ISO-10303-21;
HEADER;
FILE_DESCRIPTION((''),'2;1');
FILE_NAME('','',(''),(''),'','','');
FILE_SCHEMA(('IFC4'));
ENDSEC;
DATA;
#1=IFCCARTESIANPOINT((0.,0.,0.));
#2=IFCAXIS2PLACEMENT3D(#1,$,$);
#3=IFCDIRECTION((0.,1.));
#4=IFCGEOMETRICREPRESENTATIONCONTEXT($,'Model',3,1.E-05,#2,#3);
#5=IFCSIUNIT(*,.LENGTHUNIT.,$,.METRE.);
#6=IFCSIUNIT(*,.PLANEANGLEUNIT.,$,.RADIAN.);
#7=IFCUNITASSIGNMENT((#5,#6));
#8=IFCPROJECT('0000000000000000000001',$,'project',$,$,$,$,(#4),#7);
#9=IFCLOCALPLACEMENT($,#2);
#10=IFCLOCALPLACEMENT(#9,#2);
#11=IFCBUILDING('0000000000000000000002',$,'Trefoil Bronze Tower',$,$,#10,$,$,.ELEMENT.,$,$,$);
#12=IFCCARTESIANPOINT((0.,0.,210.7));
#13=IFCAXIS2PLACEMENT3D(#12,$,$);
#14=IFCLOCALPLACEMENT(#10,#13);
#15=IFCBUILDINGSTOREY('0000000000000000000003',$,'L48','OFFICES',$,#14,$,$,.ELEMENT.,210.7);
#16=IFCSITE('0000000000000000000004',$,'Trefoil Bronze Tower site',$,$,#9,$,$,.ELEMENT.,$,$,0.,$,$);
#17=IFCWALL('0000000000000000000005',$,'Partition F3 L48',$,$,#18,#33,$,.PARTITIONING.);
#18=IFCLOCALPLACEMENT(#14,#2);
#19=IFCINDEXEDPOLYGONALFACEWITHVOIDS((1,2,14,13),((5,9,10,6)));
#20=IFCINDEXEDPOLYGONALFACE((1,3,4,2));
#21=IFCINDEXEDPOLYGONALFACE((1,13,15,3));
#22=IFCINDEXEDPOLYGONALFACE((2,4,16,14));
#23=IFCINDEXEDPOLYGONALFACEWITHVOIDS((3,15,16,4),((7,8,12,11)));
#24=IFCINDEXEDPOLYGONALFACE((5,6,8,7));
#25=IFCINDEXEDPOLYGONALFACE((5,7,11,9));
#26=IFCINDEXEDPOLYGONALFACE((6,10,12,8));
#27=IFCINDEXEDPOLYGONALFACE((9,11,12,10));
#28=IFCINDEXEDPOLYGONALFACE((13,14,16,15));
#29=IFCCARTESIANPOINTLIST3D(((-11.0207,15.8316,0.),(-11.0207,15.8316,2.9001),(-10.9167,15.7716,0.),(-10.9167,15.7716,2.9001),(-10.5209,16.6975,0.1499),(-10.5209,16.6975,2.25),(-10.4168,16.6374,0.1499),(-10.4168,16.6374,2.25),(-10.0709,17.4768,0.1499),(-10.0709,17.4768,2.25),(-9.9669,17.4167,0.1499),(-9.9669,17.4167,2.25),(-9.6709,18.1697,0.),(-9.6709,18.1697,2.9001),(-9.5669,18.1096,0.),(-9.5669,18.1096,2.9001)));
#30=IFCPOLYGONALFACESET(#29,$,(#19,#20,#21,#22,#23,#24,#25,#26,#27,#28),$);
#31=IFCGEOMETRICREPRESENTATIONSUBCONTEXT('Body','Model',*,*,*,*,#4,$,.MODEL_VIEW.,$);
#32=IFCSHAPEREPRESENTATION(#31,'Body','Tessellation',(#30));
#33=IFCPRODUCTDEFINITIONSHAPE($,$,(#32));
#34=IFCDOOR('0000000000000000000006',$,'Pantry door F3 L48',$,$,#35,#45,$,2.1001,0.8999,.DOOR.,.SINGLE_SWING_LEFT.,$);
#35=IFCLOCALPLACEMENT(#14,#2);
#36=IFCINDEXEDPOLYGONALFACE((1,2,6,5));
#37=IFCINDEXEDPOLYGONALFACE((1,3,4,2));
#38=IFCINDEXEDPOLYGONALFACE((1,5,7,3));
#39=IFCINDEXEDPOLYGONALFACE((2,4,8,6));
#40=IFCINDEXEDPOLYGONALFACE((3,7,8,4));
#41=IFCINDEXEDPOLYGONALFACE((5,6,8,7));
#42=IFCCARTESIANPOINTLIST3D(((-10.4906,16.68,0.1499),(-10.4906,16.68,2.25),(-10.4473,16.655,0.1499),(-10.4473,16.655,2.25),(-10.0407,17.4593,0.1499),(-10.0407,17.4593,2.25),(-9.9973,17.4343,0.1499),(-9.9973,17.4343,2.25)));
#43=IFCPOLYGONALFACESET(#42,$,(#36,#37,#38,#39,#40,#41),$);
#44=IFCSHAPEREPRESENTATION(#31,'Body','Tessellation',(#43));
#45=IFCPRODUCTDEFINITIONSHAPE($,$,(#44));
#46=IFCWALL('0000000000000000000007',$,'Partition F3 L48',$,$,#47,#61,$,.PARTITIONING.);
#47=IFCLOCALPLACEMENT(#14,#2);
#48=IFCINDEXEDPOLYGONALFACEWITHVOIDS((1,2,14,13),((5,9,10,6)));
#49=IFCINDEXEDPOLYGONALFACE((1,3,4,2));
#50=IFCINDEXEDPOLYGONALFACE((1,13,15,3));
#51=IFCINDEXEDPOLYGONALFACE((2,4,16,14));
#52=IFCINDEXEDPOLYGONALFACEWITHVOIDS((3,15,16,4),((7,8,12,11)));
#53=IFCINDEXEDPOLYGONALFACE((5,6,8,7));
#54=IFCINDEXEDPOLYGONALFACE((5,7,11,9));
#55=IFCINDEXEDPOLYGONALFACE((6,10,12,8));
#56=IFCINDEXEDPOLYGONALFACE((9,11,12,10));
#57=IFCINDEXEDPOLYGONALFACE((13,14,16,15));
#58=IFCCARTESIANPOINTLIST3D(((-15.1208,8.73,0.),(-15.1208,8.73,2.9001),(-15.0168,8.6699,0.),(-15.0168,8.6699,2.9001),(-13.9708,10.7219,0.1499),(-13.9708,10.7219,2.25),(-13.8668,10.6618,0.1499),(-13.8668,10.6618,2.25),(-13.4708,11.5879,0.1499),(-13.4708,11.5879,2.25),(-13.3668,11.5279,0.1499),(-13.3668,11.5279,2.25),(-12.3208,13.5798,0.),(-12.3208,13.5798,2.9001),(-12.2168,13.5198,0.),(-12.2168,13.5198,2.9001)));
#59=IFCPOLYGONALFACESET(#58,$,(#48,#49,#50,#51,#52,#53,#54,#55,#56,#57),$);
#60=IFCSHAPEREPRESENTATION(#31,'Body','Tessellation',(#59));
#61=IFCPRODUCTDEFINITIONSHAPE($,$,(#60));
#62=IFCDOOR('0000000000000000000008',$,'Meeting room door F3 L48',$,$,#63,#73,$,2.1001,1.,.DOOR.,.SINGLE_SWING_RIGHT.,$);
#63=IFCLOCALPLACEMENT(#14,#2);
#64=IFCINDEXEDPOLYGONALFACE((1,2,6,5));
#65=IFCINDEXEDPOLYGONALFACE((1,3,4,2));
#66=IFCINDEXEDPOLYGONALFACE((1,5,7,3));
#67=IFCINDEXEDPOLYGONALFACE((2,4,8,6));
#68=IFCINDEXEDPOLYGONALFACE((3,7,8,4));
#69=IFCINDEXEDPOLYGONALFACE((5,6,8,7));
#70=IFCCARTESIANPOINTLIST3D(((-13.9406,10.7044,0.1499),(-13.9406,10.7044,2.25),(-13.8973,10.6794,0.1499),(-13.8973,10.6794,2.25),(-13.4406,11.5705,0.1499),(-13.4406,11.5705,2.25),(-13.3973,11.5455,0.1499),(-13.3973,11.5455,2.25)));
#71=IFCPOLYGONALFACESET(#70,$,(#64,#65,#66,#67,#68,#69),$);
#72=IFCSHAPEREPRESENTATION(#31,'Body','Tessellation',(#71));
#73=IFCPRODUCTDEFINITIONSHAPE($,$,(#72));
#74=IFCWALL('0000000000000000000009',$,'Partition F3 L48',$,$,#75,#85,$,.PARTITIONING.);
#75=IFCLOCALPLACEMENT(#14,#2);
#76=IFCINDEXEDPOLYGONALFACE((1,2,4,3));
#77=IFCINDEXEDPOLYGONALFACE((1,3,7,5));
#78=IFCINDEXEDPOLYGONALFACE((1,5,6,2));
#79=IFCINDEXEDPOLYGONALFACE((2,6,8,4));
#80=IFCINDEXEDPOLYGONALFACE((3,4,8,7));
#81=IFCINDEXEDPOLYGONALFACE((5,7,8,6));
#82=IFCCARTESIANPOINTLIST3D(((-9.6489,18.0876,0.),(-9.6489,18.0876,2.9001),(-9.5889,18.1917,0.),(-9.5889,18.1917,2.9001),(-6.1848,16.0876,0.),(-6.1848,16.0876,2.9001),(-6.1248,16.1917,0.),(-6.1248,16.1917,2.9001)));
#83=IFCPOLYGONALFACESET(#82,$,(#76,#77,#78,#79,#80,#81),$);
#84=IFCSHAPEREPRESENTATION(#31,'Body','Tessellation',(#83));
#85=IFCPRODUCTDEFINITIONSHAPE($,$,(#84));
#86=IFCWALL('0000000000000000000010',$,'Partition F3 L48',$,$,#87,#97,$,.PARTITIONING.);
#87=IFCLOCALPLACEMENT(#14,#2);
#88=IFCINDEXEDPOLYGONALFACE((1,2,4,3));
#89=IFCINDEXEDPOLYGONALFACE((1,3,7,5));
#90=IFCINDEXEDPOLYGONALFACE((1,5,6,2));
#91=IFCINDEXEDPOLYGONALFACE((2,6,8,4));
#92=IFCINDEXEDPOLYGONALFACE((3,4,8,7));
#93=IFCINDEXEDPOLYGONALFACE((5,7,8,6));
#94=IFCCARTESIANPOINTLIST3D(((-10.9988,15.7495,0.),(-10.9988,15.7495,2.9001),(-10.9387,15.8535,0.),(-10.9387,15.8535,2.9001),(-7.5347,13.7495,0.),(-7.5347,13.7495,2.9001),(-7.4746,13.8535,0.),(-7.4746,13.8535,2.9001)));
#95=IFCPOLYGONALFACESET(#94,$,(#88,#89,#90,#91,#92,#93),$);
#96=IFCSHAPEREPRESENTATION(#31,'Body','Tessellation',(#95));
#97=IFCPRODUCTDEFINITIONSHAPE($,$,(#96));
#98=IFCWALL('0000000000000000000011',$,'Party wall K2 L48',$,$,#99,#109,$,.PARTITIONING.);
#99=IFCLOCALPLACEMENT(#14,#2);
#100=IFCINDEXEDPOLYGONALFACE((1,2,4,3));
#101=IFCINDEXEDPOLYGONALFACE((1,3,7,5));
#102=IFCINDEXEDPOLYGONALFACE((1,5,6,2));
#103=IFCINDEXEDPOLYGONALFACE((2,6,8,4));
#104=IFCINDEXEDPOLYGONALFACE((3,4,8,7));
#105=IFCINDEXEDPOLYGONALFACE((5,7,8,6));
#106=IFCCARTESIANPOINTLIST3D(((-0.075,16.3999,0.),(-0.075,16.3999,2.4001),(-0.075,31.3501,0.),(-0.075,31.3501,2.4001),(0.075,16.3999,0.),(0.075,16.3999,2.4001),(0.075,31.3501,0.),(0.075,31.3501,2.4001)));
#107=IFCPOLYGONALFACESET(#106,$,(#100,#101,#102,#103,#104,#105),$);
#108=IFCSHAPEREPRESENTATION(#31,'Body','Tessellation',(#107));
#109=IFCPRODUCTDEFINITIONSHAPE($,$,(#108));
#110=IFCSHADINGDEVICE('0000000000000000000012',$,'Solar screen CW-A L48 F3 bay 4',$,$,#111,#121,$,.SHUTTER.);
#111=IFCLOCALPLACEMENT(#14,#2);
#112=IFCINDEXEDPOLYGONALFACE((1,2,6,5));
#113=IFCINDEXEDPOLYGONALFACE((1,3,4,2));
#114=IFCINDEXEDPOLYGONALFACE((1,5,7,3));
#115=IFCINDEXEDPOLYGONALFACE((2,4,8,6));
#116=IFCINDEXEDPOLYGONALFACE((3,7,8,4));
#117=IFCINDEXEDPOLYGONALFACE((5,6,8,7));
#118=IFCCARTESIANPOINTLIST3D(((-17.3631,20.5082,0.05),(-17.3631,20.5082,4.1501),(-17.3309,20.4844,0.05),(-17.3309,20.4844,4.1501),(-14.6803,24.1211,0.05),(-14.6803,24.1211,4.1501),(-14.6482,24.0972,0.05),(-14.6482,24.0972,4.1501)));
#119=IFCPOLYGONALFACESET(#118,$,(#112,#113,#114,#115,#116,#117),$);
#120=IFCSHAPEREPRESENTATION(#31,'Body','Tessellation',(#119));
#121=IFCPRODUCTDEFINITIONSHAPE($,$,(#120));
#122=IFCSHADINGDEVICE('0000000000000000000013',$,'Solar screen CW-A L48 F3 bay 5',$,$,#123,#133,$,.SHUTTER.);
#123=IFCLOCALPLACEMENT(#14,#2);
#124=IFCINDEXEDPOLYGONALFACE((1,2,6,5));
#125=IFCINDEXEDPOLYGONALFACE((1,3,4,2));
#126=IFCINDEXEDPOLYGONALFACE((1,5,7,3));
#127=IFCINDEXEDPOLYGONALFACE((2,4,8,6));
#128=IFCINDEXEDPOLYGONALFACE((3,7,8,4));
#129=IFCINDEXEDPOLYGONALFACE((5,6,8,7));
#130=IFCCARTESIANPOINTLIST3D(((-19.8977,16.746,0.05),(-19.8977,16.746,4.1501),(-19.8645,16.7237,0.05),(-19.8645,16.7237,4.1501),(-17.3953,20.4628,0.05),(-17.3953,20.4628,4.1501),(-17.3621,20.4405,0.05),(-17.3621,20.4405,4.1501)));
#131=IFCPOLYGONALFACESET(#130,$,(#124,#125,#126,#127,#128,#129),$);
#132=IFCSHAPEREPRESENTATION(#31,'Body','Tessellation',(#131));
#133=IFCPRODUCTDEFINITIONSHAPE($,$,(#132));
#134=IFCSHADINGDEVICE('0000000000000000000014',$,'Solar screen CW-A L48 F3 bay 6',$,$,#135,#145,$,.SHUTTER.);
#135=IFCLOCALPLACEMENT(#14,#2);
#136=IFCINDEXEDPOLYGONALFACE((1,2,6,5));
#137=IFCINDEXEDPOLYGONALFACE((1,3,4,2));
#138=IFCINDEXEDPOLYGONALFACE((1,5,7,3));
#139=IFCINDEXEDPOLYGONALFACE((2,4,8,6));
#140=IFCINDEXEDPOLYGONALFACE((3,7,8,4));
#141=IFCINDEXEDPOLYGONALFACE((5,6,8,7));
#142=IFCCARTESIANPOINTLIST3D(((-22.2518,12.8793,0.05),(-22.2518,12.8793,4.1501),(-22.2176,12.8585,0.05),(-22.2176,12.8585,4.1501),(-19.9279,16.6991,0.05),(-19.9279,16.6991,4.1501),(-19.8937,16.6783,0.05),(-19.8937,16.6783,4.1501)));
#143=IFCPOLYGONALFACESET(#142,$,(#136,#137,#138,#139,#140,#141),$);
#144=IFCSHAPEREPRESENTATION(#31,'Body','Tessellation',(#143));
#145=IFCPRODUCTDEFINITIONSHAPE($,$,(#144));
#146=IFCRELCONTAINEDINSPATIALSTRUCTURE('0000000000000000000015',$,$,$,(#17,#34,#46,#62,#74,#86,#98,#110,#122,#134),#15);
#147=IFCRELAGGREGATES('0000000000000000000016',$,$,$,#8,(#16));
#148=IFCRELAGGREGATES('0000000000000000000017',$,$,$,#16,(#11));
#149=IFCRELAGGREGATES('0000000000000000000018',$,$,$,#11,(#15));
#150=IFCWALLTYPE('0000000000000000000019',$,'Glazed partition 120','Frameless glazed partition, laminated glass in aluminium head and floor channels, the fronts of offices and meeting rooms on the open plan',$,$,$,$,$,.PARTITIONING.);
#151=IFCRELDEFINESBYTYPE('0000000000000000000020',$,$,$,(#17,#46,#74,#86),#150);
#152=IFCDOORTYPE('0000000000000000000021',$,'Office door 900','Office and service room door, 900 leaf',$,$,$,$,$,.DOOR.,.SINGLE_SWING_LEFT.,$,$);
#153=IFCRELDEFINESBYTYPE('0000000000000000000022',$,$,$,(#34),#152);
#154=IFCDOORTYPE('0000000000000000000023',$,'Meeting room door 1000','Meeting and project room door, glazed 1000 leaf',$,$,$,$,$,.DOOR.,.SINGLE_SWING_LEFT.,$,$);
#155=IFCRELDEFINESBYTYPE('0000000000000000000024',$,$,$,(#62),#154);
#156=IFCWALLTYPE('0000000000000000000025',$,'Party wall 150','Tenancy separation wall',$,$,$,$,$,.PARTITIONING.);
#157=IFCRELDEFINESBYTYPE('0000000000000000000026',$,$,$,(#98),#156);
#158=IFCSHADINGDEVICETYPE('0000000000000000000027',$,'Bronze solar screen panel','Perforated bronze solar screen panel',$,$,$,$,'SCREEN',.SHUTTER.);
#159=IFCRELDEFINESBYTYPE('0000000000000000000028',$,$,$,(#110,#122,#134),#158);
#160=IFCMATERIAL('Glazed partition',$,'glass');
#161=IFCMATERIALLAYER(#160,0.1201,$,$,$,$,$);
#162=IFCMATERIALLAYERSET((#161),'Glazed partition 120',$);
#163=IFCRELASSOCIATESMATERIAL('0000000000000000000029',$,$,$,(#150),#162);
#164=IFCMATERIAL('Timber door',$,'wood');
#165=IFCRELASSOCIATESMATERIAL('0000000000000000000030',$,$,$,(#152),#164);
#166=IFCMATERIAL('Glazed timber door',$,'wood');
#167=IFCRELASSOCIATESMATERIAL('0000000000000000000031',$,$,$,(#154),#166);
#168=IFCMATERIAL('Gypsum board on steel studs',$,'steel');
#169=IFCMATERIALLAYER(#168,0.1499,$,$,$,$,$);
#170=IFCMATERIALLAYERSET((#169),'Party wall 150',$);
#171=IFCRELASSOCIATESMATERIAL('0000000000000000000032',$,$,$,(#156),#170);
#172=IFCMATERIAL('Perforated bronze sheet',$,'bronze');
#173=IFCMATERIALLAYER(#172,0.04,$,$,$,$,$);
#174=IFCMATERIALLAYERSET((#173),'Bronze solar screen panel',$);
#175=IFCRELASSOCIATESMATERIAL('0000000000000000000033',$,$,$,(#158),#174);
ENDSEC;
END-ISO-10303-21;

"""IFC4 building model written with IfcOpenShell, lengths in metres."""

from ifc_helpers import new_model, si_unit, direction, frame, frame_2d, origin, origin_2d, place, context, subcontext, project, spatial, rectangle, extrude, material, layer, layer_set, type_object, element, fill, save


model = new_model("IFC4")

# Units and contexts
model_context = context("Model", 3, precision=1e-05, world=origin(), true_north=direction((0.0, 1.0)))
body_context = subcontext(model_context, "Body", "Model", "MODEL_VIEW")
ifc_project = project(units=[si_unit("LENGTHUNIT", "METRE"), si_unit("PLANEANGLEUNIT", "RADIAN")], contexts=[model_context])

# Site, building, storey
site_placement = place(None, origin())
site = spatial("IfcSite", under=ifc_project, at=site_placement, Name="Trefoil Bronze Tower site", CompositionType="ELEMENT", RefElevation=0.0)
building_placement = place(site_placement, origin())
building = spatial("IfcBuilding", under=site, at=building_placement, Name="Trefoil Bronze Tower", CompositionType="ELEMENT")
storey_placement = place(building_placement, frame((0.0, 0.0, 210.7)))
storey = spatial("IfcBuildingStorey", under=building, at=storey_placement, Name="L48", Description="OFFICES", CompositionType="ELEMENT", Elevation=210.7)

# Walls, openings, doors
ifc_material_1 = material(Name="Glazed partition", Category="glass")
ifc_layer_1 = layer(ifc_material_1, 0.1201)
ifc_layer_set_1 = layer_set([ifc_layer_1], Name="Glazed partition 120")
wall_type_1 = type_object("IfcWallType", Name="Glazed partition 120", Description="Frameless glazed partition, laminated glass in aluminium head and floor channels, the fronts of offices and meeting rooms on the open plan", PredefinedType="PARTITIONING", material=ifc_layer_set_1)
wall_1_placement = place(storey_placement, frame((-9.6189, 18.1396, 0.0), z_axis=(0.0, 0.0, 1.0), x_axis=(-0.499981, -0.866037, 0.0)))
wall_1 = element("IfcWall", 1, at=wall_1_placement, inside=storey, type_object=wall_type_1, Name="Partition F3 L48", PredefinedType="PARTITIONING", context=body_context, shape_type="SweptSolid", body=[
    extrude(rectangle(XDim=2.6997, YDim=0.1201, at=frame_2d((1.3499, 0.0))), origin(), (0.0, 0.0, 1.0), 2.9001),
])
opening_1_placement = place(wall_1_placement, frame((0.8, 0.0, 0.1499)))
opening_1 = element("IfcOpeningElement", 2, at=opening_1_placement, cuts=wall_1, PredefinedType="OPENING", context=body_context, shape_type="SweptSolid", body=[
    extrude(rectangle(XDim=0.8999, YDim=2.1001, at=frame_2d((0.45, 1.05))), frame((0.0, 0.0701, 0.0), z_axis=(0.0, -1.0, 0.0), x_axis=(1.0, 0.0, 0.0)), (0.0, 0.0, 1.0), 0.1401),
])
ifc_material_2 = material(Name="Timber door", Category="wood")
door_type_1 = type_object("IfcDoorType", Name="Office door 900", Description="Office and service room door, 900 leaf", OperationType="SINGLE_SWING_LEFT", PredefinedType="DOOR", material=ifc_material_2)
door_1_placement = place(opening_1_placement, origin())
door_1 = element("IfcDoor", 3, at=door_1_placement, inside=storey, type_object=door_type_1, Name="Pantry door F3 L48", OperationType="SINGLE_SWING_LEFT", OverallHeight=2.1001, OverallWidth=0.8999, PredefinedType="DOOR", context=body_context, shape_type="SweptSolid", body=[
    extrude(rectangle(XDim=0.8999, YDim=2.1001, at=frame_2d((0.45, 1.05))), frame((0.0, 0.0249, 0.0), z_axis=(0.0, -1.0, 0.0), x_axis=(1.0, 0.0, 0.0)), (0.0, 0.0, 1.0), 0.05),
])
fill(opening_1, door_1)
wall_2_placement = place(storey_placement, frame((-12.2688, 13.5498, 0.0), z_axis=(0.0, 0.0, 1.0), x_axis=(-0.499998, -0.866027, 0.0)))
wall_2 = element("IfcWall", 4, at=wall_2_placement, inside=storey, type_object=wall_type_1, Name="Partition F3 L48", PredefinedType="PARTITIONING", context=body_context, shape_type="SweptSolid", body=[
    extrude(rectangle(XDim=5.6001, YDim=0.1201, at=frame_2d((2.8, 0.0))), origin(), (0.0, 0.0, 1.0), 2.9001),
])
opening_2_placement = place(wall_2_placement, frame((2.3, 0.0, 0.1499)))
opening_2 = element("IfcOpeningElement", 5, at=opening_2_placement, cuts=wall_2, PredefinedType="OPENING", context=body_context, shape_type="SweptSolid", body=[
    extrude(rectangle(XDim=1.0, YDim=2.1001, at=frame_2d((0.5, 1.05))), frame((0.0, 0.0701, 0.0), z_axis=(0.0, -1.0, 0.0), x_axis=(1.0, 0.0, 0.0)), (0.0, 0.0, 1.0), 0.1401),
])
ifc_material_3 = material(Name="Glazed timber door", Category="wood")
door_type_2 = type_object("IfcDoorType", Name="Meeting room door 1000", Description="Meeting and project room door, glazed 1000 leaf", OperationType="SINGLE_SWING_LEFT", PredefinedType="DOOR", material=ifc_material_3)
door_2_placement = place(opening_2_placement, origin())
door_2 = element("IfcDoor", 6, at=door_2_placement, inside=storey, type_object=door_type_2, Name="Meeting room door F3 L48", OperationType="SINGLE_SWING_RIGHT", OverallHeight=2.1001, OverallWidth=1.0, PredefinedType="DOOR", context=body_context, shape_type="SweptSolid", body=[
    extrude(rectangle(XDim=1.0, YDim=2.1001, at=frame_2d((0.5, 1.05))), frame((0.0, 0.0249, 0.0), z_axis=(0.0, -1.0, 0.0), x_axis=(1.0, 0.0, 0.0)), (0.0, 0.0, 1.0), 0.05),
])
fill(opening_2, door_2)

# Walls
for number, where, z_axis, x_axis, name in (
    (7, (-6.1548, 16.1396, 0.0), (0.0, 0.0, 1.0), (-0.866026, 0.499999, 0.0), "Partition F3 L48"),
    (8, (-7.5046, 13.8015, 0.0), (0.0, 0.0, 1.0), (-0.866026, 0.499999, 0.0), "Partition F3 L48"),
):
    element("IfcWall", number, at=place(storey_placement, frame(where, z_axis=z_axis, x_axis=x_axis)), inside=storey, type_object=wall_type_1, Name=name, PredefinedType="PARTITIONING", context=body_context, shape_type="SweptSolid", body=[
        extrude(rectangle(XDim=4.0, YDim=0.1201, at=frame_2d((2.0, 0.0))), origin(), (0.0, 0.0, 1.0), 2.9001),
    ])
ifc_material_4 = material(Name="Gypsum board on steel studs", Category="steel")
ifc_layer_2 = layer(ifc_material_4, 0.1499)
ifc_layer_set_2 = layer_set([ifc_layer_2], Name="Party wall 150")
wall_type_2 = type_object("IfcWallType", Name="Party wall 150", Description="Tenancy separation wall", PredefinedType="PARTITIONING", material=ifc_layer_set_2)
wall_3_placement = place(storey_placement, frame((0.0, 16.3999, 0.0), z_axis=(0.0, 0.0, 1.0), x_axis=(0.0, 1.0, 0.0)))
element("IfcWall", 9, at=wall_3_placement, inside=storey, type_object=wall_type_2, Name="Party wall K2 L48", PredefinedType="PARTITIONING", context=body_context, shape_type="SweptSolid", body=[
    extrude(rectangle(XDim=14.9502, YDim=0.1499, at=frame_2d((7.4751, 0.0))), origin(), (0.0, 0.0, 1.0), 2.4001),
])

# Shading devices
ifc_material_5 = material(Name="Perforated bronze sheet", Category="bronze")
ifc_layer_3 = layer(ifc_material_5, 0.04)
ifc_layer_set_3 = layer_set([ifc_layer_3], Name="Bronze solar screen panel")
shading_device_type = type_object("IfcShadingDeviceType", Name="Bronze solar screen panel", Description="Perforated bronze solar screen panel", ElementType="SCREEN", PredefinedType="SHUTTER", material=ifc_layer_set_3)
shading_device_1_placement = place(storey_placement, frame((-16.0056, 22.3027, 0.05), z_axis=(0.0, 0.0, 1.0), x_axis=(-0.596162, -0.802865, 0.0)))
element("IfcShadingDevice", 10, at=shading_device_1_placement, inside=storey, type_object=shading_device_type, Name="Solar screen CW-A L48 F3 bay 4", PredefinedType="SHUTTER", context=body_context, shape_type="SweptSolid", body=[
    extrude(rectangle(XDim=4.5, YDim=0.04, at=origin_2d()), origin(), (0.0, 0.0, 1.0), 4.1001),
])
shading_device_2_placement = place(storey_placement, frame((-18.6299, 18.5933, 0.05), z_axis=(0.0, 0.0, 1.0), x_axis=(-0.558493, -0.829509, 0.0)))
element("IfcShadingDevice", 11, at=shading_device_2_placement, inside=storey, type_object=shading_device_type, Name="Solar screen CW-A L48 F3 bay 5", PredefinedType="SHUTTER", context=body_context, shape_type="SweptSolid", body=[
    extrude(rectangle(XDim=4.4807, YDim=0.04, at=origin_2d()), origin(), (0.0, 0.0, 1.0), 4.1001),
])
shading_device_3_placement = place(storey_placement, frame((-21.0728, 14.7788, 0.05), z_axis=(0.0, 0.0, 1.0), x_axis=(-0.519762, -0.854311, 0.0)))
element("IfcShadingDevice", 12, at=shading_device_3_placement, inside=storey, type_object=shading_device_type, Name="Solar screen CW-A L48 F3 bay 6", PredefinedType="SHUTTER", context=body_context, shape_type="SweptSolid", body=[
    extrude(rectangle(XDim=4.4712, YDim=0.04, at=origin_2d()), origin(), (0.0, 0.0, 1.0), 4.1001),
])

save(model, "model.ifc")
